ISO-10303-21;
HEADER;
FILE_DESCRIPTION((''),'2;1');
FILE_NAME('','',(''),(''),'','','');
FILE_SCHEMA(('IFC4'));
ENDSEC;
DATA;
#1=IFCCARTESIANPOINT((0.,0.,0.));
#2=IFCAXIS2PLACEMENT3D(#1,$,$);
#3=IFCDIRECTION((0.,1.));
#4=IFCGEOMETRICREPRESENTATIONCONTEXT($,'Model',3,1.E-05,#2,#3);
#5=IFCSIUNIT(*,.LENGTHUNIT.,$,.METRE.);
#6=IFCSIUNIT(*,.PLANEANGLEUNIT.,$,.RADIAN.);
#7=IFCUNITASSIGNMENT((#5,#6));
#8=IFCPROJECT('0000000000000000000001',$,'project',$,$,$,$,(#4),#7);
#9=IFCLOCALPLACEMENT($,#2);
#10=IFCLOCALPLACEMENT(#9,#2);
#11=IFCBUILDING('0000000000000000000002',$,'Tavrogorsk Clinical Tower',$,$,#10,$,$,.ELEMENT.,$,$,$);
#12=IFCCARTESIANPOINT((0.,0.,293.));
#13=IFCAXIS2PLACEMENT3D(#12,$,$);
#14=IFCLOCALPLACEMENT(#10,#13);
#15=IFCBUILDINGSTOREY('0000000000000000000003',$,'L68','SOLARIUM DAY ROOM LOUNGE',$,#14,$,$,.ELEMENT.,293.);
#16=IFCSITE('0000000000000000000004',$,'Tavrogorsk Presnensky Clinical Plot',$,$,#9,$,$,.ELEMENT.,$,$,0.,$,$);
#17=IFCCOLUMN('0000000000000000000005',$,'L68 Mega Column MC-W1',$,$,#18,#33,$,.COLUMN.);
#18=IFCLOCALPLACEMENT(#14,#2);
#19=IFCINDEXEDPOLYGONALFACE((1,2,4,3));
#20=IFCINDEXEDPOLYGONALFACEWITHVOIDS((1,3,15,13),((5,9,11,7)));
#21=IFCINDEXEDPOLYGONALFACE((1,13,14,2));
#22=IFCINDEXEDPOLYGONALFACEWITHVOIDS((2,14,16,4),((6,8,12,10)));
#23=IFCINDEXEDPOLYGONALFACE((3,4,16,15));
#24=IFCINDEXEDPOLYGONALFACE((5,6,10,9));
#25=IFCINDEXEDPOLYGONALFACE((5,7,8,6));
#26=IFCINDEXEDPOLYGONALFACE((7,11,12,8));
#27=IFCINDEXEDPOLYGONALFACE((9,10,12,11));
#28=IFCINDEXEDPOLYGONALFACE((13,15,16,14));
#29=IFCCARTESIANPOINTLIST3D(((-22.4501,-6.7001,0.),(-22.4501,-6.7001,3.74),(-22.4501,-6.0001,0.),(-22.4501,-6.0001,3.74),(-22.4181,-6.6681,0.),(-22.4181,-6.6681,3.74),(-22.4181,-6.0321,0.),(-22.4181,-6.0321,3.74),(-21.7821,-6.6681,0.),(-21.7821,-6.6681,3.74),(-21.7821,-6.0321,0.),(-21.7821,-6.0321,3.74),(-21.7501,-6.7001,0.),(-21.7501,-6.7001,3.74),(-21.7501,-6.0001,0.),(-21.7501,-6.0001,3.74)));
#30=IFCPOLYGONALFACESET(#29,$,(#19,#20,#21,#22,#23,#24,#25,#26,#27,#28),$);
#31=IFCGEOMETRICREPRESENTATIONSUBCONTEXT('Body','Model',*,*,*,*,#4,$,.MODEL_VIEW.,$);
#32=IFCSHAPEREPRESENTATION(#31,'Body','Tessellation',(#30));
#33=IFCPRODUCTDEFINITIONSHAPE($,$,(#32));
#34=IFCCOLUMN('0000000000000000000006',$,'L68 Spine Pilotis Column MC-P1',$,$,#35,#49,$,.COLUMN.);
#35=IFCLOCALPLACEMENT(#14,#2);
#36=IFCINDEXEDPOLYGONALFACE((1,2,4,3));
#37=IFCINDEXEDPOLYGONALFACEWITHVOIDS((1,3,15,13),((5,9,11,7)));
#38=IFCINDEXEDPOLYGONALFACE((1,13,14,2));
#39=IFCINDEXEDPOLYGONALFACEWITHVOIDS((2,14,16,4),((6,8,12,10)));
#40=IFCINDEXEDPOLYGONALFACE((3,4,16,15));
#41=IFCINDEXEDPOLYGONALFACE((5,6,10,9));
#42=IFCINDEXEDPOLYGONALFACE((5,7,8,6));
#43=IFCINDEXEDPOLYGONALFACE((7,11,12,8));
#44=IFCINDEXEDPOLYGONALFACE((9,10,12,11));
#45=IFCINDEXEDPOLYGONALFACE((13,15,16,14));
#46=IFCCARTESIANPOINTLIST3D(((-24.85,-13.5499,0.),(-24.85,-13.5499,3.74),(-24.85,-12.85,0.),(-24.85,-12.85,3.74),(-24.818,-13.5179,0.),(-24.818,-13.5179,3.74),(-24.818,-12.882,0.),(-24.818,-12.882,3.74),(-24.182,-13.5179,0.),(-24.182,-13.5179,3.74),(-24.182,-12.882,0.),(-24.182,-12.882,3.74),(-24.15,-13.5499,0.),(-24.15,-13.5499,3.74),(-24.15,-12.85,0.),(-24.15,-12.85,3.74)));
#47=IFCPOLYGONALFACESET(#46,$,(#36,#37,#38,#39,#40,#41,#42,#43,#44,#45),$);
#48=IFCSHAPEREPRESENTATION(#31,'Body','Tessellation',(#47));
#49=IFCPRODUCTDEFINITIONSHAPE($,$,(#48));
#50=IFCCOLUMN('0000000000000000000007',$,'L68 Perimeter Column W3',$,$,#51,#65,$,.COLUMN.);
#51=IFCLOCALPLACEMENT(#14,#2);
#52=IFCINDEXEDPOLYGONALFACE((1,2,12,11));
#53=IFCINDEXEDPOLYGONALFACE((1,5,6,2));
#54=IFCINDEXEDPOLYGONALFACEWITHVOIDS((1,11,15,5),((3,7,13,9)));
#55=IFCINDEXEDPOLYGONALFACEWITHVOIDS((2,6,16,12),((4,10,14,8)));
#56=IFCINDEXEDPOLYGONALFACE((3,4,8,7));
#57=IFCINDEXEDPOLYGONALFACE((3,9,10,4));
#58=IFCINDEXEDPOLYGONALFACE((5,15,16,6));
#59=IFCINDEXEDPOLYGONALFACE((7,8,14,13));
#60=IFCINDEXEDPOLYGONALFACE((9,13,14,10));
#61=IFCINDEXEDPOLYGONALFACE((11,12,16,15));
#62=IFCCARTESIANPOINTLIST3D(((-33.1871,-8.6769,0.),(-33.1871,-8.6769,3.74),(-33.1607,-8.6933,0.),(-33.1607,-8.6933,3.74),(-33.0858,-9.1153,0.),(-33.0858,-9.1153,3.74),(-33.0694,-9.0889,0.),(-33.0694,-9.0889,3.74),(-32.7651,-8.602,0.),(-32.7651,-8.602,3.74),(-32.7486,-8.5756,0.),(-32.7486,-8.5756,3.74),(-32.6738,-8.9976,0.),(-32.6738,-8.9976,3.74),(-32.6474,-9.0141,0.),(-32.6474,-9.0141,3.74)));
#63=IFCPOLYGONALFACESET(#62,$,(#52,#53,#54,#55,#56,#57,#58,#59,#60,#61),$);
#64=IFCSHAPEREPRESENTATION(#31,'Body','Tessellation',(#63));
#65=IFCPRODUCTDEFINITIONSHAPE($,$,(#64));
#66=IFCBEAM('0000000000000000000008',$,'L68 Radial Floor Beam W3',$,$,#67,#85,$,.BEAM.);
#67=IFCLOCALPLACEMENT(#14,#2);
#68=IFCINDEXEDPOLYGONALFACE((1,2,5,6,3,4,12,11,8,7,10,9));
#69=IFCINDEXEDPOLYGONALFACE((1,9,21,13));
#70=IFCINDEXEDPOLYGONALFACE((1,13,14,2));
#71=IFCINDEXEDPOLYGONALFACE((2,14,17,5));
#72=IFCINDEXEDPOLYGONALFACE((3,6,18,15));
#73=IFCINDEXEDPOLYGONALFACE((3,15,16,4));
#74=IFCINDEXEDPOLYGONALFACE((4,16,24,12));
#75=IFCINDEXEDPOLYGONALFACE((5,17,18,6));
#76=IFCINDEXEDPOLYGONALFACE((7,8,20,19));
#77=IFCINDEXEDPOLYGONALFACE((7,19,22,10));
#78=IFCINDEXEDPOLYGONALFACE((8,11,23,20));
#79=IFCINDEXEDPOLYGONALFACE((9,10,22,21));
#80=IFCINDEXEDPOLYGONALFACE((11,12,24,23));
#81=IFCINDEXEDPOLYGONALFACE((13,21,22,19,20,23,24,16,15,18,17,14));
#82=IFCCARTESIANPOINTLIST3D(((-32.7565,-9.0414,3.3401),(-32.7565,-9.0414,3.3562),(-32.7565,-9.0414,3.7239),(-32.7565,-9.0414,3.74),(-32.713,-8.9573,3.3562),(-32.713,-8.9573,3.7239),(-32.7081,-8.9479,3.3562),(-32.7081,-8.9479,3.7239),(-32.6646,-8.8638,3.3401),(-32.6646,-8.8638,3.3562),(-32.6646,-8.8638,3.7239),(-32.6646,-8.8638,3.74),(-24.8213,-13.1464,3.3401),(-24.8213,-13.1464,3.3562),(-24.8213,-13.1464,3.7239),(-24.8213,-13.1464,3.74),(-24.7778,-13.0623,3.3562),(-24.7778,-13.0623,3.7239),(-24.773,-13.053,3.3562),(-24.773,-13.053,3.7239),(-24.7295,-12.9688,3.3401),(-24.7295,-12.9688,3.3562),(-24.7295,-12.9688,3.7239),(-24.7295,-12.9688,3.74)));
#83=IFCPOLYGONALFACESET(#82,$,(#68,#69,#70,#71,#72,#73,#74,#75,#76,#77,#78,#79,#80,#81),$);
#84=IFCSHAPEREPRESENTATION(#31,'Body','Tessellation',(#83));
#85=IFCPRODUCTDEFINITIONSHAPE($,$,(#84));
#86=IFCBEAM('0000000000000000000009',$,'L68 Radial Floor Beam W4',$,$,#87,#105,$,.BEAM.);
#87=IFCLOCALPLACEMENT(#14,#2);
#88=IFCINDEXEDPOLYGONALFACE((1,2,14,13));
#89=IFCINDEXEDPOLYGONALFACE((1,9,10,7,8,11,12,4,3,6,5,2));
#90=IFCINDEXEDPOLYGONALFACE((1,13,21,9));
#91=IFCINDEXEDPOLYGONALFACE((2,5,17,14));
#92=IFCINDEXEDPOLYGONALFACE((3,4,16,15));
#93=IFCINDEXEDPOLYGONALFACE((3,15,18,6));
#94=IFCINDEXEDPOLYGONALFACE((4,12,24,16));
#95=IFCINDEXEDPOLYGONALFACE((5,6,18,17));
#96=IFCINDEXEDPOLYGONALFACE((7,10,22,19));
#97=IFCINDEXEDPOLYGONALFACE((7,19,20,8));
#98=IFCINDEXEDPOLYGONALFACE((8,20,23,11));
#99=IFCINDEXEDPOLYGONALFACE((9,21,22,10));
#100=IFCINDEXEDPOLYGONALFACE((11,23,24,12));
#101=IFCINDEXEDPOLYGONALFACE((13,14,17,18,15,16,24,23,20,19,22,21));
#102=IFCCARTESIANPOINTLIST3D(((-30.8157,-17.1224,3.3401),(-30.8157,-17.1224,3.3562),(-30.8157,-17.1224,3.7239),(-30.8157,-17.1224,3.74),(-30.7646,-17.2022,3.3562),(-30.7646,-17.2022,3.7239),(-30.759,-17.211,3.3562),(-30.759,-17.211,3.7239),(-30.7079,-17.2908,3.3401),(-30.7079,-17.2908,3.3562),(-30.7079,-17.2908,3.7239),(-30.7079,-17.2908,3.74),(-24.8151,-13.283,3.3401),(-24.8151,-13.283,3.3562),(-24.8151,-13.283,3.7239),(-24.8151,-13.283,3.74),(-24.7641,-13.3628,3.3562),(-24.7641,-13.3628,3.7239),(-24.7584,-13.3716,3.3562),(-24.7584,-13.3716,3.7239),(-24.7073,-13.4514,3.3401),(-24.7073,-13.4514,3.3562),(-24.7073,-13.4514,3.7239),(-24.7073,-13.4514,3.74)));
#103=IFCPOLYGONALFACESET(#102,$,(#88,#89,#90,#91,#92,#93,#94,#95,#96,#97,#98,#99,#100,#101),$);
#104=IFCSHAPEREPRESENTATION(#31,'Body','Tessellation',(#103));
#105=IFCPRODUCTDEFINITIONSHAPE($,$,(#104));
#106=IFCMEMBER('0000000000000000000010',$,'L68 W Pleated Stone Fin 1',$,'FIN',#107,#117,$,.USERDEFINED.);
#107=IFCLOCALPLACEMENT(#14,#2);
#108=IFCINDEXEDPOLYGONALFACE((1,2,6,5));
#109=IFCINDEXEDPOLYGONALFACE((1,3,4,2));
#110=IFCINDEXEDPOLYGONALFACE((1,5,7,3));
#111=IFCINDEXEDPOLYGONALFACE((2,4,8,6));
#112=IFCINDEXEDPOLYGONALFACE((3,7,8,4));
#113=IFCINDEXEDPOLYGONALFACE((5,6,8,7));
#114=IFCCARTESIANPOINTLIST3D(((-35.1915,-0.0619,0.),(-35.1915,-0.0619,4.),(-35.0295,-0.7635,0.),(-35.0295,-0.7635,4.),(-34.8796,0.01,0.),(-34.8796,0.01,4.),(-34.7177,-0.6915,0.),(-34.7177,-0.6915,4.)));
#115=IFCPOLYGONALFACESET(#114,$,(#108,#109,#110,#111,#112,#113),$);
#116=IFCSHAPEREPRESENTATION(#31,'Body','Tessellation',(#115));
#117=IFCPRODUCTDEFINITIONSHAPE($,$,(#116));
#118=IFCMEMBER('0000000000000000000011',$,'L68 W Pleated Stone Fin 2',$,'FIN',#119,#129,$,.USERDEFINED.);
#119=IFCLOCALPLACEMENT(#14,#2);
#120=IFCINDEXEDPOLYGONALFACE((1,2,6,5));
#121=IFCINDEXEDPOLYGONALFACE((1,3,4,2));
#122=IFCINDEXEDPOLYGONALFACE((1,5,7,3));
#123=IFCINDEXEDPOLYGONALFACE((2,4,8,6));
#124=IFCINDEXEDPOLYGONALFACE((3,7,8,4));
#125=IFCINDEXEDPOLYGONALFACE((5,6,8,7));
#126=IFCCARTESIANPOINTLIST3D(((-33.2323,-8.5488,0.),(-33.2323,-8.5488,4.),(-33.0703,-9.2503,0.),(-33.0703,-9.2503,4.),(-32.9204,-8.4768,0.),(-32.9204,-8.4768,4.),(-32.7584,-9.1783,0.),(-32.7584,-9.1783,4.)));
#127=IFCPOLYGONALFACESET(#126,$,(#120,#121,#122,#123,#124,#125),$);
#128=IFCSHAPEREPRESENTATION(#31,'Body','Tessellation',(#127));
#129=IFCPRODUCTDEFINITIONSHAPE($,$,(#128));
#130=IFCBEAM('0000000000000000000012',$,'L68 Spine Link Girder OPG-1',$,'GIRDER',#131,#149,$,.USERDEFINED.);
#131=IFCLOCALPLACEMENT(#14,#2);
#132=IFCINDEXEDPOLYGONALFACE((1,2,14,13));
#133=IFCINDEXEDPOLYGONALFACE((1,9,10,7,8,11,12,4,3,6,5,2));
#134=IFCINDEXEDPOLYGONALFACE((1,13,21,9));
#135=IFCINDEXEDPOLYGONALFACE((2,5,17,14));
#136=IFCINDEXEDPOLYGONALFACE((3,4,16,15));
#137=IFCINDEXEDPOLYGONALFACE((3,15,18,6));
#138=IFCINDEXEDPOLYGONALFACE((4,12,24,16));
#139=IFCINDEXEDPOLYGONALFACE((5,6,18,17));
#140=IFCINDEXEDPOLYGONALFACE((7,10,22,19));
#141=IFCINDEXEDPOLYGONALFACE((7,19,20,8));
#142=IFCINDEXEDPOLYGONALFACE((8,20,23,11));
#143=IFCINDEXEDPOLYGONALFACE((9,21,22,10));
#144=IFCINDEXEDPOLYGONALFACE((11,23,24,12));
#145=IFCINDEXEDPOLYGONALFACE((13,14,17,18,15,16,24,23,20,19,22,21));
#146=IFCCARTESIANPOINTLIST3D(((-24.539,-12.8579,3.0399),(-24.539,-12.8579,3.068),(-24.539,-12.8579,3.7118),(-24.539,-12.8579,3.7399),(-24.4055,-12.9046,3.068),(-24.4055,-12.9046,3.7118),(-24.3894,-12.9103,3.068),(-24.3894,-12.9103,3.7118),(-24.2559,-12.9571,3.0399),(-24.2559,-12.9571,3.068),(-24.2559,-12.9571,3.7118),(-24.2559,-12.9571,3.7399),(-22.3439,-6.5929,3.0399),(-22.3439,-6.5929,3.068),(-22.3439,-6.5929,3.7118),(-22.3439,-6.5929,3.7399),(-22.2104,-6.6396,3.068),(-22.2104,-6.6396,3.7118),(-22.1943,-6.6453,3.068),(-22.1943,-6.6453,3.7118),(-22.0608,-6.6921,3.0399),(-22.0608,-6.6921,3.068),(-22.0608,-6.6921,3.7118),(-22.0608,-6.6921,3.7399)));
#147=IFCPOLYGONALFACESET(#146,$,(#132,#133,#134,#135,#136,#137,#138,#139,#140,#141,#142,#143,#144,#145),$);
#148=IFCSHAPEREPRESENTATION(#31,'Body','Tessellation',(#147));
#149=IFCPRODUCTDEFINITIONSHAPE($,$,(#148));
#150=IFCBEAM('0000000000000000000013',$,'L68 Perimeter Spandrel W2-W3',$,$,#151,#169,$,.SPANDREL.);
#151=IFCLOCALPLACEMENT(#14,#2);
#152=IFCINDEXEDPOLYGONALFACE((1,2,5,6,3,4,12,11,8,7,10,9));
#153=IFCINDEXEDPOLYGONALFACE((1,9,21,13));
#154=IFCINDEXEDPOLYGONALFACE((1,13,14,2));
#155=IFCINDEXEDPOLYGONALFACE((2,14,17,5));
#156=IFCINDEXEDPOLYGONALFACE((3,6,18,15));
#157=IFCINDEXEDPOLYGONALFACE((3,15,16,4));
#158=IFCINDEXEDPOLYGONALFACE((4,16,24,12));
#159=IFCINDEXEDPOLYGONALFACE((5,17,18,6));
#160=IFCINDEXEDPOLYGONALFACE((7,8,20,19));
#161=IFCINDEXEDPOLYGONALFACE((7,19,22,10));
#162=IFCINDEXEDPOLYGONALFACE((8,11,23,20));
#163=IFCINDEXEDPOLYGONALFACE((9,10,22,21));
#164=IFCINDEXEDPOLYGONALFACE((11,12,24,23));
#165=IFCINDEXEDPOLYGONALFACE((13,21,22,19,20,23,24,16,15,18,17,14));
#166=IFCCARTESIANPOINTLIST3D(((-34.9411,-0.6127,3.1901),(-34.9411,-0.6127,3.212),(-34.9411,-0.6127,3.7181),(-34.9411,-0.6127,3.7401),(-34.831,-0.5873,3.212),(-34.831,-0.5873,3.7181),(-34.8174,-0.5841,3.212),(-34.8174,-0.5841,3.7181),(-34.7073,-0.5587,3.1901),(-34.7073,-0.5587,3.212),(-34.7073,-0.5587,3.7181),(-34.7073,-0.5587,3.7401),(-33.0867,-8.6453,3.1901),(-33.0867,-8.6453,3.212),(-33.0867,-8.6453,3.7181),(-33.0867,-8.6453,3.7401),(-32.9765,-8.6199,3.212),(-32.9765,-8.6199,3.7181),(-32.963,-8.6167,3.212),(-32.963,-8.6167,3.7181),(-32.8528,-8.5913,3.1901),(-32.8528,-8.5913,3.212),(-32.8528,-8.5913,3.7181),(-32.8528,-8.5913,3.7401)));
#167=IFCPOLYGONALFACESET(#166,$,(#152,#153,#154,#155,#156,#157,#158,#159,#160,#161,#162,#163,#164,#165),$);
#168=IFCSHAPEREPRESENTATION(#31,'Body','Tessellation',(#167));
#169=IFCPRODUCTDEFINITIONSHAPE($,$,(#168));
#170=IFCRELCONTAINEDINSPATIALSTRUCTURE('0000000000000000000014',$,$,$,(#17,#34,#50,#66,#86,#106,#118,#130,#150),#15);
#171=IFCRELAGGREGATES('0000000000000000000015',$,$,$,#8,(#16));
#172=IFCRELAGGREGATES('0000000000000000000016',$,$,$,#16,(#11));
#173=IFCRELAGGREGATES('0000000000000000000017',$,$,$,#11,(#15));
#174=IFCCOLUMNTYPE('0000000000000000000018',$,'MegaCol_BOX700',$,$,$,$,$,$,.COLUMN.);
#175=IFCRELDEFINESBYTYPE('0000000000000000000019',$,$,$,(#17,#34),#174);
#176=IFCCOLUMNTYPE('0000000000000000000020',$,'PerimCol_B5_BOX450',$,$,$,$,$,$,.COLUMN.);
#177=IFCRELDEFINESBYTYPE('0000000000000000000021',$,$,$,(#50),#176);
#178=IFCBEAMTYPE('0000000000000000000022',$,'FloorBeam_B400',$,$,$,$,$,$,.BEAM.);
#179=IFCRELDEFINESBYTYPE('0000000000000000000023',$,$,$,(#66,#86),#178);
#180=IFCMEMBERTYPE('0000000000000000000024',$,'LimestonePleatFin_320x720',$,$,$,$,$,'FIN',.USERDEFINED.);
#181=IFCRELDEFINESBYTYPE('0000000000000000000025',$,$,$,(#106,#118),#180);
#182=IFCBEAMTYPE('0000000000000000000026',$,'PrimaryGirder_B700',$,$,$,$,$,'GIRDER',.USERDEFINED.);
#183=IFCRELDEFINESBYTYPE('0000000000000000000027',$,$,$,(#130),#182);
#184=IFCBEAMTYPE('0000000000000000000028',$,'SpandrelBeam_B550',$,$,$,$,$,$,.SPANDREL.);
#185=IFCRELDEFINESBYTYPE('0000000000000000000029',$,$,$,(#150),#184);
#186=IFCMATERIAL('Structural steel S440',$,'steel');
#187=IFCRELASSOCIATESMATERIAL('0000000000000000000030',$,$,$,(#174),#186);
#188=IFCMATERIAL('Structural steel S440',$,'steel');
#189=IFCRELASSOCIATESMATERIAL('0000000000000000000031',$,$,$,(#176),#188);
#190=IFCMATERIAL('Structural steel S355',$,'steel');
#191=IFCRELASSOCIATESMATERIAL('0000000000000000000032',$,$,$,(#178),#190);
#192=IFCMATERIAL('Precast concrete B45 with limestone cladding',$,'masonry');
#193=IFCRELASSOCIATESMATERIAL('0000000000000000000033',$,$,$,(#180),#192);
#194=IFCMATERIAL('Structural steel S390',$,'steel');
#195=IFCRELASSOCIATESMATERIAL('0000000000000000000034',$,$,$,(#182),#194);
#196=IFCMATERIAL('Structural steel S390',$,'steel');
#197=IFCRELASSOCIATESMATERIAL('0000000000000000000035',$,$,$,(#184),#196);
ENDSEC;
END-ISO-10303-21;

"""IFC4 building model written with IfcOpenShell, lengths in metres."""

from ifc_helpers import new_model, si_unit, direction, frame, origin, origin_2d, place, context, subcontext, project, spatial, rectangle, hollow_rectangle, i_section, extrude, material, material_profile, profile_set, type_object, element, save


model = new_model("IFC4")

# Units and contexts
model_context = context("Model", 3, precision=1e-05, world=origin(), true_north=direction((0.0, 1.0)))
body_context = subcontext(model_context, "Body", "Model", "MODEL_VIEW")
ifc_project = project(units=[si_unit("LENGTHUNIT", "METRE"), si_unit("PLANEANGLEUNIT", "RADIAN")], contexts=[model_context])

# Site, building, storey
site_placement = place(None, origin())
site = spatial("IfcSite", under=ifc_project, at=site_placement, Name="Tavrogorsk Presnensky Clinical Plot", CompositionType="ELEMENT", RefElevation=0.0)
building_placement = place(site_placement, origin())
building = spatial("IfcBuilding", under=site, at=building_placement, Name="Tavrogorsk Clinical Tower", CompositionType="ELEMENT")
storey_placement = place(building_placement, frame((0.0, 0.0, 293.0)))
storey = spatial("IfcBuildingStorey", under=building, at=storey_placement, Name="L68", Description="SOLARIUM DAY ROOM LOUNGE", CompositionType="ELEMENT", Elevation=293.0)

# Columns
ifc_material_1 = material(Name="Structural steel S440", Category="steel")
ifc_material_profile_1 = material_profile(ifc_material_1, hollow_rectangle(XDim=0.7, YDim=0.7, WallThickness=0.032, at=origin_2d()), Name="BOX-700x700x32")
ifc_profile_set_1 = profile_set([ifc_material_profile_1], Name="Structural steel S440")
column_type_1 = type_object("IfcColumnType", Name="MegaCol_BOX700", PredefinedType="COLUMN", material=ifc_profile_set_1)
for number, where, z_axis, x_axis, name in (
    (1, (-22.1001, -6.3501, 0.0), (0.0, 0.0, 1.0), (1.0, 0.0, 0.0), "L68 Mega Column MC-W1"),
    (2, (-24.5, -13.2, 0.0), (0.0, 0.0, 1.0), (1.0, 0.0, 0.0), "L68 Spine Pilotis Column MC-P1"),
):
    element("IfcColumn", number, at=place(storey_placement, frame(where, z_axis=z_axis, x_axis=x_axis)), inside=storey, type_object=column_type_1, Name=name, PredefinedType="COLUMN", context=body_context, shape_type="SweptSolid", body=[
        extrude(hollow_rectangle(XDim=0.7, YDim=0.7, WallThickness=0.032, at=origin_2d()), origin(), (0.0, 0.0, 1.0), 3.74),
    ])
ifc_material_2 = material(Name="Structural steel S440", Category="steel")
ifc_material_profile_2 = material_profile(ifc_material_2, hollow_rectangle(XDim=0.45, YDim=0.45, WallThickness=0.022, at=origin_2d()), Name="BOX-450x450x22")
ifc_profile_set_2 = profile_set([ifc_material_profile_2], Name="Structural steel S440")
column_type_2 = type_object("IfcColumnType", Name="PerimCol_B5_BOX450", PredefinedType="COLUMN", material=ifc_profile_set_2)
column_placement = place(storey_placement, frame((-32.9172, -8.8455, 0.0), z_axis=(0.0, 0.0, 1.0), x_axis=(0.97437, 0.224951, 0.0)))
element("IfcColumn", 3, at=column_placement, inside=storey, type_object=column_type_2, Name="L68 Perimeter Column W3", PredefinedType="COLUMN", context=body_context, shape_type="SweptSolid", body=[
    extrude(hollow_rectangle(XDim=0.45, YDim=0.45, WallThickness=0.022, at=origin_2d()), origin(), (0.0, 0.0, 1.0), 3.74),
])

# Beams
ifc_material_3 = material(Name="Structural steel S355", Category="steel")
ifc_material_profile_3 = material_profile(ifc_material_3, i_section(OverallWidth=0.2, OverallDepth=0.3999, WebThickness=0.0105, FlangeThickness=0.0161, at=origin_2d()), Name="B-400x200x10.5x16")
ifc_profile_set_3 = profile_set([ifc_material_profile_3], Name="Structural steel S355")
beam_type_1 = type_object("IfcBeamType", Name="FloorBeam_B400", PredefinedType="BEAM", material=ifc_profile_set_3)
beam_1_placement = place(storey_placement, frame((-24.7754, -13.0576, 3.54), z_axis=(-0.888188, 0.459479, 0.0), x_axis=(-0.459479, -0.888188, 0.0)))
element("IfcBeam", 4, at=beam_1_placement, inside=storey, type_object=beam_type_1, Name="L68 Radial Floor Beam W3", PredefinedType="BEAM", context=body_context, shape_type="SweptSolid", body=[
    extrude(i_section(OverallWidth=0.2, OverallDepth=0.3999, WebThickness=0.0105, FlangeThickness=0.0161, at=origin_2d()), origin(), (0.0, 0.0, 1.0), 8.9341),
])
beam_2_placement = place(storey_placement, frame((-24.7612, -13.3672, 3.54), z_axis=(-0.842332, -0.538958, 0.0), x_axis=(0.538958, -0.842332, 0.0)))
element("IfcBeam", 5, at=beam_2_placement, inside=storey, type_object=beam_type_1, Name="L68 Radial Floor Beam W4", PredefinedType="BEAM", context=body_context, shape_type="SweptSolid", body=[
    extrude(i_section(OverallWidth=0.2, OverallDepth=0.3999, WebThickness=0.0105, FlangeThickness=0.0161, at=origin_2d()), origin(), (0.0, 0.0, 1.0), 7.1238),
])

# Members
ifc_material_4 = material(Name="Precast concrete B45 with limestone cladding", Category="masonry")
ifc_material_profile_4 = material_profile(ifc_material_4, rectangle(XDim=0.3201, YDim=0.72, at=origin_2d()), Name="LIMESTONE-FIN-320x720")
ifc_profile_set_4 = profile_set([ifc_material_profile_4], Name="Precast concrete B45 with limestone cladding")
member_type = type_object("IfcMemberType", Name="LimestonePleatFin_320x720", ElementType="FIN", PredefinedType="USERDEFINED", material=ifc_profile_set_4)
for number, where, z_axis, x_axis, name in (
    (6, (-34.9546, -0.3767, 0.0), (0.0, 0.0, 1.0), (0.97437, 0.224951, 0.0), "L68 W Pleated Stone Fin 1"),
    (7, (-32.9954, -8.8635, 0.0), (0.0, 0.0, 1.0), (0.97437, 0.224951, 0.0), "L68 W Pleated Stone Fin 2"),
):
    element("IfcMember", number, at=place(storey_placement, frame(where, z_axis=z_axis, x_axis=x_axis)), inside=storey, type_object=member_type, Name=name, ObjectType="FIN", PredefinedType="USERDEFINED", context=body_context, shape_type="SweptSolid", body=[
        extrude(rectangle(XDim=0.3201, YDim=0.72, at=origin_2d()), origin(), (0.0, 0.0, 1.0), 4.0),
    ])

# Beams
ifc_material_5 = material(Name="Structural steel S390", Category="steel")
ifc_material_profile_5 = material_profile(ifc_material_5, i_section(OverallWidth=0.3, OverallDepth=0.7, WebThickness=0.0171, FlangeThickness=0.0281, at=origin_2d()), Name="B-700x300x17x28")
ifc_profile_set_5 = profile_set([ifc_material_profile_5], Name="Structural steel S390")
beam_type_2 = type_object("IfcBeamType", Name="PrimaryGirder_B700", ElementType="GIRDER", PredefinedType="USERDEFINED", material=ifc_profile_set_5)
beam_3_placement = place(storey_placement, frame((-24.3975, -12.9075, 3.3899), z_axis=(0.330667, 0.943748, 0.0), x_axis=(-0.943748, 0.330667, 0.0)))
element("IfcBeam", 8, at=beam_3_placement, inside=storey, type_object=beam_type_2, Name="L68 Spine Link Girder OPG-1", ObjectType="GIRDER", PredefinedType="USERDEFINED", context=body_context, shape_type="SweptSolid", body=[
    extrude(i_section(OverallWidth=0.3, OverallDepth=0.7, WebThickness=0.0171, FlangeThickness=0.0281, at=origin_2d()), origin(), (0.0, 0.0, 1.0), 6.6384),
])
ifc_material_6 = material(Name="Structural steel S390", Category="steel")
ifc_material_profile_6 = material_profile(ifc_material_6, i_section(OverallWidth=0.24, OverallDepth=0.55, WebThickness=0.0139, FlangeThickness=0.022, at=origin_2d()), Name="B-550x240x14x22")
ifc_profile_set_6 = profile_set([ifc_material_profile_6], Name="Structural steel S390")
beam_type_3 = type_object("IfcBeamType", Name="SpandrelBeam_B550", PredefinedType="SPANDREL", material=ifc_profile_set_6)
beam_4_placement = place(storey_placement, frame((-34.8242, -0.5857, 3.4651), z_axis=(0.22495, -0.97437, 0.0), x_axis=(0.97437, 0.22495, 0.0)))
element("IfcBeam", 9, at=beam_4_placement, inside=storey, type_object=beam_type_3, Name="L68 Perimeter Spandrel W2-W3", PredefinedType="SPANDREL", context=body_context, shape_type="SweptSolid", body=[
    extrude(i_section(OverallWidth=0.24, OverallDepth=0.55, WebThickness=0.0139, FlangeThickness=0.022, at=origin_2d()), origin(), (0.0, 0.0, 1.0), 8.2439),
])

save(model, "model.ifc")
